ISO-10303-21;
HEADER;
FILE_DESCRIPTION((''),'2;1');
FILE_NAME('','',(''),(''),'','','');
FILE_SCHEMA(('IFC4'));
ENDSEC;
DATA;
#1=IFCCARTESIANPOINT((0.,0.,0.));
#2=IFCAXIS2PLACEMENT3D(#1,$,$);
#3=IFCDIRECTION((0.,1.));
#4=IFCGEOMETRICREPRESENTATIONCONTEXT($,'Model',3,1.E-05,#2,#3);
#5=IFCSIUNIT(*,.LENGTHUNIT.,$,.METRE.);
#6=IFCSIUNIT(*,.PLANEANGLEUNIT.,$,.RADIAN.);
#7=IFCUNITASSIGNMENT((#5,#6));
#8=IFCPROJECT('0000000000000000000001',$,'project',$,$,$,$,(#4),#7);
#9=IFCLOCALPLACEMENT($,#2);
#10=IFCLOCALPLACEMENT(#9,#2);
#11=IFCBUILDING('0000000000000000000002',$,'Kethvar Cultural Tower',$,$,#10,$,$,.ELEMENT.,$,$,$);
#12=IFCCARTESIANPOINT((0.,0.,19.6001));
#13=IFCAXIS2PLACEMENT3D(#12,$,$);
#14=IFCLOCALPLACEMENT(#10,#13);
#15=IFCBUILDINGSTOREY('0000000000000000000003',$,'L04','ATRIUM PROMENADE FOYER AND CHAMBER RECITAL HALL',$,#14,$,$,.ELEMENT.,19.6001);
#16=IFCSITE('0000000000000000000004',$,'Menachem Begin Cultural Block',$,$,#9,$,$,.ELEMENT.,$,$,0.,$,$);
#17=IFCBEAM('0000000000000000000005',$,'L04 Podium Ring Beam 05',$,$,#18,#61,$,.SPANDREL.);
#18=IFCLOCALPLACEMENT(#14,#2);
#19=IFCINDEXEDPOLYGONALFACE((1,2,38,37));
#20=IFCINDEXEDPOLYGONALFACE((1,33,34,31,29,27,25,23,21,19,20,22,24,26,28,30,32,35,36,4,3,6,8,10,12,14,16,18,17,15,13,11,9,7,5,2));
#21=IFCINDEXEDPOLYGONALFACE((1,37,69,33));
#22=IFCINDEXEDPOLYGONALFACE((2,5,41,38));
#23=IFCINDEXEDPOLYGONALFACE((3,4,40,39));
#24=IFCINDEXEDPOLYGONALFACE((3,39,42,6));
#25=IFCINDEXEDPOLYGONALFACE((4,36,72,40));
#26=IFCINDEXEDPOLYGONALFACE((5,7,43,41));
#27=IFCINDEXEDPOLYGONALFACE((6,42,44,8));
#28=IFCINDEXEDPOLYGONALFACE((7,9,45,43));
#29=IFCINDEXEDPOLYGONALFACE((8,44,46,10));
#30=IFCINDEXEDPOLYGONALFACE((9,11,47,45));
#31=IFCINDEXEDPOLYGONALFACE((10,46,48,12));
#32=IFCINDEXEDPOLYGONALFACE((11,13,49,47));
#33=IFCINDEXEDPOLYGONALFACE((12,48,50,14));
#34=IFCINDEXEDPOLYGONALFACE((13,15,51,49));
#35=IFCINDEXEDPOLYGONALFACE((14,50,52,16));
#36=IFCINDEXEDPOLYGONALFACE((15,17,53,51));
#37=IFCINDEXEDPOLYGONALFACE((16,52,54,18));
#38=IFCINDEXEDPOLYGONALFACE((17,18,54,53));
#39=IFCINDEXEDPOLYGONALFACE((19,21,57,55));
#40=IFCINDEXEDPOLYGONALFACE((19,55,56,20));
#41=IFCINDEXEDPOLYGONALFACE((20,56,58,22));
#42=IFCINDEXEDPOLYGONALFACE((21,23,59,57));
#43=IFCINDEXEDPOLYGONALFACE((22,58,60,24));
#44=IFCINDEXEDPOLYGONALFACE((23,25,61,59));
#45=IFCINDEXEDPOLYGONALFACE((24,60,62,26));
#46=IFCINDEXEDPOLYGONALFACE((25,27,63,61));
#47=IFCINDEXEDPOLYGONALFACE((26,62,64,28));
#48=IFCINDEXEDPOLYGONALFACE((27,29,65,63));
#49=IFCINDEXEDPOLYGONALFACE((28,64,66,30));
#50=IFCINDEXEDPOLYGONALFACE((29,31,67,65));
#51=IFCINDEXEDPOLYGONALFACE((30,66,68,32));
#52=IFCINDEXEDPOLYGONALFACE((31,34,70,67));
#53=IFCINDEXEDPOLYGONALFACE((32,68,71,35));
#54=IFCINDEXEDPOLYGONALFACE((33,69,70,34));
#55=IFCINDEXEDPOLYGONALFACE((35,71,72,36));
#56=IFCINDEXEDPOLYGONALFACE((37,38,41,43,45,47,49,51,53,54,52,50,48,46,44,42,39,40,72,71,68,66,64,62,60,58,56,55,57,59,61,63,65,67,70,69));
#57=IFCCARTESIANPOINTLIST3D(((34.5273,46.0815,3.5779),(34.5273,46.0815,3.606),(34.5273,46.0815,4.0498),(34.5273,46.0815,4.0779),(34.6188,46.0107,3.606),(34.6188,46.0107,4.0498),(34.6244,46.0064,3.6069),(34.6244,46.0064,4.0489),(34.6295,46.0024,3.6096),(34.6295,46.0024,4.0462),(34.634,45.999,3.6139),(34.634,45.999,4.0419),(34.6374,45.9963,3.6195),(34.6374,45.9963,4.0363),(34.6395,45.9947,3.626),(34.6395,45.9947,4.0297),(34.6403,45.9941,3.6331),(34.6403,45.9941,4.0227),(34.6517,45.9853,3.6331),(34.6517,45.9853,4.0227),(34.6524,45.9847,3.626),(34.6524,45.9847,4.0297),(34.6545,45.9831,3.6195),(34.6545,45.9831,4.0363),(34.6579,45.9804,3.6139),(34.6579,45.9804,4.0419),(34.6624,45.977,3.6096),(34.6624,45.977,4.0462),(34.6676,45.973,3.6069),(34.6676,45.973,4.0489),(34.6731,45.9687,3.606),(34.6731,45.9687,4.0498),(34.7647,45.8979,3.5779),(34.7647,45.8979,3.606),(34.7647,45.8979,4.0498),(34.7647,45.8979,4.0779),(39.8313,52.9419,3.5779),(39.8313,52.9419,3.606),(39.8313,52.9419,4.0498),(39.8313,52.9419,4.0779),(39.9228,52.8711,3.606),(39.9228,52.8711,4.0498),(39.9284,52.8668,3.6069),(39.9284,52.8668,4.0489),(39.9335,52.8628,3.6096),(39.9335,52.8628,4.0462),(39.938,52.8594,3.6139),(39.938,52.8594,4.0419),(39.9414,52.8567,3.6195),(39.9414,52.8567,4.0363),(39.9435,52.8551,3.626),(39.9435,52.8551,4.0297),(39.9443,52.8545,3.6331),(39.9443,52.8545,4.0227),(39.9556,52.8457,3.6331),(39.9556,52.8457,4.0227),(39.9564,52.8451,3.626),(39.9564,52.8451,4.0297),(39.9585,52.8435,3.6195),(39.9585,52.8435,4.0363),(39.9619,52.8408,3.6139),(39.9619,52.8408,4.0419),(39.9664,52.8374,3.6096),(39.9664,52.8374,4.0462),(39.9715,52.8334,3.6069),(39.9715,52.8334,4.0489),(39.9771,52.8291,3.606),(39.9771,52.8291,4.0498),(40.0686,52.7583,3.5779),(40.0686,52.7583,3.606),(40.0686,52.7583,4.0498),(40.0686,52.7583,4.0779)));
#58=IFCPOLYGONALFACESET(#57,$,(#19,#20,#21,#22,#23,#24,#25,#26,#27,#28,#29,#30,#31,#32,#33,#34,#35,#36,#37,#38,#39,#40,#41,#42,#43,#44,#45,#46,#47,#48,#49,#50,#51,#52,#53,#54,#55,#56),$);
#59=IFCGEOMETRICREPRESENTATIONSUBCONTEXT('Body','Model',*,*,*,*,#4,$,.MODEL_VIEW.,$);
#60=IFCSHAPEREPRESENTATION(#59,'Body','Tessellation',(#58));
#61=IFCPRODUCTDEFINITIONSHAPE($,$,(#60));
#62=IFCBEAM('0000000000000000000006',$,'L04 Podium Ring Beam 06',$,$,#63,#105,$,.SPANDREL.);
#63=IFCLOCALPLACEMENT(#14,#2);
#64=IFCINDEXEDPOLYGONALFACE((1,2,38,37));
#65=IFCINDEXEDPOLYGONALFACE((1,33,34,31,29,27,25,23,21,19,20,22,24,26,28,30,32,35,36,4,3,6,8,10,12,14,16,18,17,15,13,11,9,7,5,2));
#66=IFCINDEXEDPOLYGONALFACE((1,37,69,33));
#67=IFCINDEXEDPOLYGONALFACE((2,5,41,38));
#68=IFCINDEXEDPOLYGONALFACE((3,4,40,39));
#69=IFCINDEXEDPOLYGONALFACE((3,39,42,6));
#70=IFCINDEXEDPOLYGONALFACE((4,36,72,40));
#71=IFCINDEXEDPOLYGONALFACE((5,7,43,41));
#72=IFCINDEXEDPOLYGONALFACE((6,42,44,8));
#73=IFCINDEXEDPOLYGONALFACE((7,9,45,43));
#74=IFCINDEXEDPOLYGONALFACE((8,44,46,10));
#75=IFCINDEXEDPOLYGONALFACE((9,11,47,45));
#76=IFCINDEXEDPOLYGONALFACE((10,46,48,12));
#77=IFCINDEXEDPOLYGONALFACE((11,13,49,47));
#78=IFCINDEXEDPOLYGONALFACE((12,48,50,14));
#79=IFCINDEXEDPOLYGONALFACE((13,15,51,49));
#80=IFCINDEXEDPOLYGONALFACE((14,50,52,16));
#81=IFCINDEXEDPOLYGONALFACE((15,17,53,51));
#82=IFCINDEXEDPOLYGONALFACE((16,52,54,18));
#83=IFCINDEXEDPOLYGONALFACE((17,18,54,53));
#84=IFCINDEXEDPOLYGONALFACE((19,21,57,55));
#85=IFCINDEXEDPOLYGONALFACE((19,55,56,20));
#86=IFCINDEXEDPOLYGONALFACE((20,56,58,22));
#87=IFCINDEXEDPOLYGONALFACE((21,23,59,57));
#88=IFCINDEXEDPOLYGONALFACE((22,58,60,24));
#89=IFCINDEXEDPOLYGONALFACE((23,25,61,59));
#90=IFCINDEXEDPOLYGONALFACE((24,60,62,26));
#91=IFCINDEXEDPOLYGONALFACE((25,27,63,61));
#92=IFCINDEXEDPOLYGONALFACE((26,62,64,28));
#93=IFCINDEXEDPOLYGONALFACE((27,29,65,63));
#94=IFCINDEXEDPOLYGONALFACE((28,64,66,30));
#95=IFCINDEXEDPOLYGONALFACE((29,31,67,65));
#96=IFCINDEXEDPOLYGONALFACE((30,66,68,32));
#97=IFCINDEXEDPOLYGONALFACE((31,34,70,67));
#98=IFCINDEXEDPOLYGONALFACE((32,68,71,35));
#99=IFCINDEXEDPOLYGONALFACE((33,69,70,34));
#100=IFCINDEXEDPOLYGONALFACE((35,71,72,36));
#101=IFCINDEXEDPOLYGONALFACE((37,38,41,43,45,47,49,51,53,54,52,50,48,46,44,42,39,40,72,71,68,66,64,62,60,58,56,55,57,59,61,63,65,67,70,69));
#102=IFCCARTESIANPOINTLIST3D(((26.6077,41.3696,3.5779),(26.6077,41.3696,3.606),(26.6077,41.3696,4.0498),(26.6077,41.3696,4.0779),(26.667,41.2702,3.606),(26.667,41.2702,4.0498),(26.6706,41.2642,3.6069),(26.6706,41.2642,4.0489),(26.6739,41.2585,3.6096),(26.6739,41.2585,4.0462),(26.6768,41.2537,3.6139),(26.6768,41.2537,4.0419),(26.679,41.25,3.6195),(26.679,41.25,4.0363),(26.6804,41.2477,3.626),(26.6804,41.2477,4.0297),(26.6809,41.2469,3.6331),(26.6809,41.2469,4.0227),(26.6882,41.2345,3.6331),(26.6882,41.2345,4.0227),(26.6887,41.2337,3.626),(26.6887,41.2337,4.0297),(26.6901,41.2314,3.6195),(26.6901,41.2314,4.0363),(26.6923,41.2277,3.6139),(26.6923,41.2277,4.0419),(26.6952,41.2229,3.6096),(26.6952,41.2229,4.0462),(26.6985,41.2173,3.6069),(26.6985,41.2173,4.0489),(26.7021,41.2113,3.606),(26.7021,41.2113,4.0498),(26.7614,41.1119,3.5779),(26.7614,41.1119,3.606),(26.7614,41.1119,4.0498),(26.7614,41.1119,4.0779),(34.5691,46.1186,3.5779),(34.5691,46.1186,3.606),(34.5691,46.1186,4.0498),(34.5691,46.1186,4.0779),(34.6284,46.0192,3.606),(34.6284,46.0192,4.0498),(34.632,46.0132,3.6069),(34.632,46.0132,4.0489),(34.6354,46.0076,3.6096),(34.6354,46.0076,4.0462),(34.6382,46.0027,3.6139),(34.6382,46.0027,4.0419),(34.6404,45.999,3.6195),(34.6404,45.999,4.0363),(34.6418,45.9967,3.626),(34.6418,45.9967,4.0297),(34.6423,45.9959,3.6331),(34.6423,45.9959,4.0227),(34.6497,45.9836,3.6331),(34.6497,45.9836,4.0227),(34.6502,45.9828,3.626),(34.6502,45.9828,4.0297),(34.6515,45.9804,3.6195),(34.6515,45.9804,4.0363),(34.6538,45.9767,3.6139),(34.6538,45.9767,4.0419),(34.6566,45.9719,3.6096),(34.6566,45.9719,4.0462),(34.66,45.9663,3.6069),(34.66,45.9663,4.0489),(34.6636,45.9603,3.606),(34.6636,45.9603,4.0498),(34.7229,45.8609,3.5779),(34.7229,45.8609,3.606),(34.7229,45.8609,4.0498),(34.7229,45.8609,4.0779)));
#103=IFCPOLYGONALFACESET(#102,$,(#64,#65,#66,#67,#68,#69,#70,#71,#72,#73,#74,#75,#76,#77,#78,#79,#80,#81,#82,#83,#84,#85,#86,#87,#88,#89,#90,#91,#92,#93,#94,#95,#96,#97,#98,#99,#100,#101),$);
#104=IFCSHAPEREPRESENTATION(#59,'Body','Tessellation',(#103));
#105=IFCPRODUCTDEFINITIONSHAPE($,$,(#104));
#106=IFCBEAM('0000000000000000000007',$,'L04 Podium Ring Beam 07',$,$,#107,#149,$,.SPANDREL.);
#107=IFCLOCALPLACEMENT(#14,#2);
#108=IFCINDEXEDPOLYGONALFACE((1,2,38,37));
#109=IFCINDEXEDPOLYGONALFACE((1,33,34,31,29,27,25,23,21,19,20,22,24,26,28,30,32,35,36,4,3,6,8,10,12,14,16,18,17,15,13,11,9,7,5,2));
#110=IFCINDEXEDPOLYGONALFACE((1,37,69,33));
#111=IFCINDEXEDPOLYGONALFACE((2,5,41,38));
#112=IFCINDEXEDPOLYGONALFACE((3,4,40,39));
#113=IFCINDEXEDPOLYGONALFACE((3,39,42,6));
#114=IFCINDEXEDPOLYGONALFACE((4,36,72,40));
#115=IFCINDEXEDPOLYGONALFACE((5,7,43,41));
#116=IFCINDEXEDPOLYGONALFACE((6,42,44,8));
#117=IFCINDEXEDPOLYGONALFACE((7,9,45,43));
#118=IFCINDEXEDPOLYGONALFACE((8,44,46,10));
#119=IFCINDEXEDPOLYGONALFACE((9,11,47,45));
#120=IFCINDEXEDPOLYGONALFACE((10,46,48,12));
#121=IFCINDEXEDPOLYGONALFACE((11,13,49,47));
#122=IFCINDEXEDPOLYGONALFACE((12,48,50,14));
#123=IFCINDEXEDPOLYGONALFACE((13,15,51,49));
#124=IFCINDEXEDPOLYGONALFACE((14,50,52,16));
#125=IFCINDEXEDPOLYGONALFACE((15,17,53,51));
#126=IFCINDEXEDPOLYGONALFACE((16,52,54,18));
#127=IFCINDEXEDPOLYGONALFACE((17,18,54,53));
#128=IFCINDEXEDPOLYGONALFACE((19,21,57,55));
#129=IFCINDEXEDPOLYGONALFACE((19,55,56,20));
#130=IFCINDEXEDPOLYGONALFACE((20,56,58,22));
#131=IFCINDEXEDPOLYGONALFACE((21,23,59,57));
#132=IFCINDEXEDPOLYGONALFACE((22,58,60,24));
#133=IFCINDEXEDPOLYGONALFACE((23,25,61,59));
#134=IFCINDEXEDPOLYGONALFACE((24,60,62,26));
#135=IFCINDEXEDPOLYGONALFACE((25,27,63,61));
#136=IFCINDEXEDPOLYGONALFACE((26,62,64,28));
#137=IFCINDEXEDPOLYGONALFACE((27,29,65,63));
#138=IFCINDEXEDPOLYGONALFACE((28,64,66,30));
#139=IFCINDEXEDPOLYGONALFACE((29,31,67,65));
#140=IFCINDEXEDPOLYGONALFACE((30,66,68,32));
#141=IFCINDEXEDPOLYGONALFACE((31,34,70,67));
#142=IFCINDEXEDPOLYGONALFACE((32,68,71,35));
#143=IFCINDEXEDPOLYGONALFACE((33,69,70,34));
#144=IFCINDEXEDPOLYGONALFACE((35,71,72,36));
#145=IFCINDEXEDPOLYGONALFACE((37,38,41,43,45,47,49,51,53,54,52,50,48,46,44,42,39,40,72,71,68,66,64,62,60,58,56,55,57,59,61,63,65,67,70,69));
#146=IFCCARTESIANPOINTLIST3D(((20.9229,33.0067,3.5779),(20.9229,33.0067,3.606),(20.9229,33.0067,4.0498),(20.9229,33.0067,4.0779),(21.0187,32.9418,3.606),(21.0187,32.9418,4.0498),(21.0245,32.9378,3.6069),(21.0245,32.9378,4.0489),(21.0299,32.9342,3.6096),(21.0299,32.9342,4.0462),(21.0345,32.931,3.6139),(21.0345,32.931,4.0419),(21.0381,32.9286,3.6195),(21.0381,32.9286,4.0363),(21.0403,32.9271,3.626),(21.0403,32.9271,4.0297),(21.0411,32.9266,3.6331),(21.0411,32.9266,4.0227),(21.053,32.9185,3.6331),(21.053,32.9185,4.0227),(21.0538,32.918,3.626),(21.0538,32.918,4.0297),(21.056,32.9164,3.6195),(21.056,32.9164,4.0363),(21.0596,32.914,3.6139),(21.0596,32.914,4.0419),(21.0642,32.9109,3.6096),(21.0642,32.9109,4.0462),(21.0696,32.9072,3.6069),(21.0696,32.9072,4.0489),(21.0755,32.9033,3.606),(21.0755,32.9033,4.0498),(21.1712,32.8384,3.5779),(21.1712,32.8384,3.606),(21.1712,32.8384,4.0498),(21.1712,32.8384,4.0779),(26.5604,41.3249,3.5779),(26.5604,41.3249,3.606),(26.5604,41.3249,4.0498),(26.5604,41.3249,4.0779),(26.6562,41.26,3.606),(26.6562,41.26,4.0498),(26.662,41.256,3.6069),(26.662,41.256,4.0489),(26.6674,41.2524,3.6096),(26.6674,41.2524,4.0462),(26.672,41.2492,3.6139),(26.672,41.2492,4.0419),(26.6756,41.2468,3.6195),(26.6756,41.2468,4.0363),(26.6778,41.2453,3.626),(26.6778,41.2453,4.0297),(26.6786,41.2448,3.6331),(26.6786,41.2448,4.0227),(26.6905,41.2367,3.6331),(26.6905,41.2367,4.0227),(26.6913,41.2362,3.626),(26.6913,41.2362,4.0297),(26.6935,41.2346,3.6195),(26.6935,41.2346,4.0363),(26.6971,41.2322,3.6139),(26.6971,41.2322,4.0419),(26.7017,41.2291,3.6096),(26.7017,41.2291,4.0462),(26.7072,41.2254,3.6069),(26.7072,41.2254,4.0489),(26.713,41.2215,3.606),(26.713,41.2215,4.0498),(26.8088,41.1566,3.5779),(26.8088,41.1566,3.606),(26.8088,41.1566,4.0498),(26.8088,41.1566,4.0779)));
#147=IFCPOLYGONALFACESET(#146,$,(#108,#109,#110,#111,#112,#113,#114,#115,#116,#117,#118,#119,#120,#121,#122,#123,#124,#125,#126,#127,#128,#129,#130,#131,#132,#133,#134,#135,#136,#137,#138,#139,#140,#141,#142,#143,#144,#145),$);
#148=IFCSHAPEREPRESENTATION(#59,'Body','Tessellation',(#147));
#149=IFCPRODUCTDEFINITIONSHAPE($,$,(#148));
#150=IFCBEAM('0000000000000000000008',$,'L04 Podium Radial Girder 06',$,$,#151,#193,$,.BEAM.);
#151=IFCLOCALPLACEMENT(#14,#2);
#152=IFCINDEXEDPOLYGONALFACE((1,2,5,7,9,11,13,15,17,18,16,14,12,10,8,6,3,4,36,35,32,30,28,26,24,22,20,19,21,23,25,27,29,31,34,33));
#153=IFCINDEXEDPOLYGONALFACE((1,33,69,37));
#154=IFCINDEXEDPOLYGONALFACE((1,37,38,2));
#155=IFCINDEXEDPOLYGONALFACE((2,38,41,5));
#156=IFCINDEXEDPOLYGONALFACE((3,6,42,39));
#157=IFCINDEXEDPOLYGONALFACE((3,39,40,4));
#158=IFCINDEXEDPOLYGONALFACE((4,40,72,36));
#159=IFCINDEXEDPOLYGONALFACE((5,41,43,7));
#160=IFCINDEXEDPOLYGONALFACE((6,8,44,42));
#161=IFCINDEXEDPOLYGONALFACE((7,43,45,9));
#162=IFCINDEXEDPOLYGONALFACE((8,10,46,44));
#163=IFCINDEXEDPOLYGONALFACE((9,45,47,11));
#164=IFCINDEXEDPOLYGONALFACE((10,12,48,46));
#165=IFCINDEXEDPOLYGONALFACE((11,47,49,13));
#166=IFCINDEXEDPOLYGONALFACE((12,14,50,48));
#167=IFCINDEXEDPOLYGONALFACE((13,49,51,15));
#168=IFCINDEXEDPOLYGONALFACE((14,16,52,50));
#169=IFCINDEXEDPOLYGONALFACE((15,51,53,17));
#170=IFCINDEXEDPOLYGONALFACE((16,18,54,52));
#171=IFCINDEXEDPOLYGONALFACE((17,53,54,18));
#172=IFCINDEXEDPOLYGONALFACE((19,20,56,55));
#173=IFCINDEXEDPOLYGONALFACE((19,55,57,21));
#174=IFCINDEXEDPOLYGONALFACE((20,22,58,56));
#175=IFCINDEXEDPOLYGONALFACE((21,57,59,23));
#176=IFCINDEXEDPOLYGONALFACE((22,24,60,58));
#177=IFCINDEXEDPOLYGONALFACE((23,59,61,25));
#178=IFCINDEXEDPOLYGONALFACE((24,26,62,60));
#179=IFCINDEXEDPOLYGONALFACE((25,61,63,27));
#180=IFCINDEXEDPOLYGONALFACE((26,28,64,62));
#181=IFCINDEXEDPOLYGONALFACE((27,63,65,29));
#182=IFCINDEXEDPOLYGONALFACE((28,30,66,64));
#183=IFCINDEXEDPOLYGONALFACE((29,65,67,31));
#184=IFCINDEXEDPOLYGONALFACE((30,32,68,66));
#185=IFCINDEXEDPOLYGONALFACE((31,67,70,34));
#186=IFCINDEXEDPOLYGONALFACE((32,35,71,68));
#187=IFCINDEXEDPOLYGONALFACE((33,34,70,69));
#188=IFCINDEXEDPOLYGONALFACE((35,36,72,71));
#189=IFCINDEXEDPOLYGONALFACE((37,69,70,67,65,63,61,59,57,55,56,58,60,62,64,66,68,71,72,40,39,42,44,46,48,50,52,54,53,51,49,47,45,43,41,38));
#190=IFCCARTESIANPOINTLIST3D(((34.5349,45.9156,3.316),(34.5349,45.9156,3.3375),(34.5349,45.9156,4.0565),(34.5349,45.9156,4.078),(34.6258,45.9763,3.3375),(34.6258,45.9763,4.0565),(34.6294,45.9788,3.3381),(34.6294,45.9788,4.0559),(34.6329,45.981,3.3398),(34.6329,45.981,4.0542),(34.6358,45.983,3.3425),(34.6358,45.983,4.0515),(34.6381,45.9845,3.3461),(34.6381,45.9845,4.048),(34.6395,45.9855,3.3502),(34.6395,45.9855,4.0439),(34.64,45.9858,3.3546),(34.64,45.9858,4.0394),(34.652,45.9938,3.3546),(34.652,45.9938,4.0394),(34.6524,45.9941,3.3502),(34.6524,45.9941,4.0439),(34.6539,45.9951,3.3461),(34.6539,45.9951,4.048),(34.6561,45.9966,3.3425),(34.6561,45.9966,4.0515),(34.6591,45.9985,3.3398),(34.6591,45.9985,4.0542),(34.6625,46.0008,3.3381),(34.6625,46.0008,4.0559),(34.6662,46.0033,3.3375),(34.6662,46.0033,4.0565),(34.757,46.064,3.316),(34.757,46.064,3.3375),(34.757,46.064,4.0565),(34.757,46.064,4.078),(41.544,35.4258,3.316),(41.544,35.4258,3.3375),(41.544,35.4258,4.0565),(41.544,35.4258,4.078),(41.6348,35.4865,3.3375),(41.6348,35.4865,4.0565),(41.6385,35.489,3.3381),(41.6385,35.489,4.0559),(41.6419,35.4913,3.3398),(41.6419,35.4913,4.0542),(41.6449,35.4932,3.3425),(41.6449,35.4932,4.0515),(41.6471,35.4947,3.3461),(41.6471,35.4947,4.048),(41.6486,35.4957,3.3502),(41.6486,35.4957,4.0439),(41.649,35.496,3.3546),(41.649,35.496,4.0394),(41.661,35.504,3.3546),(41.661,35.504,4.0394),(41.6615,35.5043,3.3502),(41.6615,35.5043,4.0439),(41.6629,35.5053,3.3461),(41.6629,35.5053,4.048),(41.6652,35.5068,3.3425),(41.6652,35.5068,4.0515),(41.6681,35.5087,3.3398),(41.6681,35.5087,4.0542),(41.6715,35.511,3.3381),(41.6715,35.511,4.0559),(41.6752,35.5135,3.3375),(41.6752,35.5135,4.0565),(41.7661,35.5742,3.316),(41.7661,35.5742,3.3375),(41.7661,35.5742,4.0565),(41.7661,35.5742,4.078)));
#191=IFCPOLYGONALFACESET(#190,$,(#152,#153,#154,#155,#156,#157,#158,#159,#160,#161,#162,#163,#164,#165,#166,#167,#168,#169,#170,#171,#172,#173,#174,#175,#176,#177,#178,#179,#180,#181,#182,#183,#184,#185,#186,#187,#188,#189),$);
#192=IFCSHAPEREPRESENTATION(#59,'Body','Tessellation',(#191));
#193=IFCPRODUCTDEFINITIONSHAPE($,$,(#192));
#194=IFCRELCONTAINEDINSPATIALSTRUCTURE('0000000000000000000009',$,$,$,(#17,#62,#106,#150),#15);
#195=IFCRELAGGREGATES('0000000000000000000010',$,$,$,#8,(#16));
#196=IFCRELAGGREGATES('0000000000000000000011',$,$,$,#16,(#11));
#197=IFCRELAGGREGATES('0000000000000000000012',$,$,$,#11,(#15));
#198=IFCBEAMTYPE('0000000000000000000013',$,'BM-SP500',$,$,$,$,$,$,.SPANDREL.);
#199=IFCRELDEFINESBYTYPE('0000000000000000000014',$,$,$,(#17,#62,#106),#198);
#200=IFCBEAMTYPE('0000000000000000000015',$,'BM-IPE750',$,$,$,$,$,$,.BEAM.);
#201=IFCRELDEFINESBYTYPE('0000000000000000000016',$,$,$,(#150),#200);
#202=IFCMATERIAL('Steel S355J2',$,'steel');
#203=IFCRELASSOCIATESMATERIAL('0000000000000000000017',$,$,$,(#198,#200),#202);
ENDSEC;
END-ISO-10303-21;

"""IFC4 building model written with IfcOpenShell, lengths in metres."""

from ifc_helpers import new_model, si_unit, direction, frame, origin, origin_2d, place, context, subcontext, project, spatial, i_section, extrude, source, transform, mapped, material, material_profile, profile_set, type_object, element, save


model = new_model("IFC4")

# Units and contexts
model_context = context("Model", 3, precision=1e-05, world=origin(), true_north=direction((0.0, 1.0)))
body_context = subcontext(model_context, "Body", "Model", "MODEL_VIEW")
ifc_project = project(units=[si_unit("LENGTHUNIT", "METRE"), si_unit("PLANEANGLEUNIT", "RADIAN")], contexts=[model_context])

# Site, building, storey
site_placement = place(None, origin())
site = spatial("IfcSite", under=ifc_project, at=site_placement, Name="Menachem Begin Cultural Block", CompositionType="ELEMENT", RefElevation=0.0)
building_placement = place(site_placement, origin())
building = spatial("IfcBuilding", under=site, at=building_placement, Name="Kethvar Cultural Tower", CompositionType="ELEMENT")
storey_placement = place(building_placement, frame((0.0, 0.0, 19.6001)))
storey = spatial("IfcBuildingStorey", under=building, at=storey_placement, Name="L04", Description="ATRIUM PROMENADE FOYER AND CHAMBER RECITAL HALL", CompositionType="ELEMENT", Elevation=19.6001)

# Beams
ifc_material_1 = material(Name="Steel S355J2", Category="steel")
ifc_material_profile_1 = material_profile(ifc_material_1, i_section(OverallWidth=0.3, OverallDepth=0.5, WebThickness=0.0144, FlangeThickness=0.0281, FilletRadius=0.0271, at=origin_2d()), Name="Steel S355J2 — HEB500")
ifc_profile_set_1 = profile_set([ifc_material_profile_1], Name="Steel S355J2 — HEB500")
beam_type_1 = type_object("IfcBeamType", Name="BM-SP500", PredefinedType="SPANDREL", material=ifc_profile_set_1)
shared_shape_1 = source(origin(), body_context, "Body", "SweptSolid", [
    extrude(i_section(OverallWidth=0.3, OverallDepth=0.5, WebThickness=0.0144, FlangeThickness=0.0281, FilletRadius=0.0271, at=origin_2d()), origin(), (0.0, 0.0, 1.0), 8.6716),
])
beam_1_placement = place(storey_placement, frame((39.95, 52.8501, 3.8279), z_axis=(-0.611648, -0.79113, 0.0), x_axis=(0.79113, -0.611648, 0.0)))
element("IfcBeam", 1, at=beam_1_placement, inside=storey, type_object=beam_type_1, Name="L04 Podium Ring Beam 05", PredefinedType="SPANDREL", context=body_context, shape_type="MappedRepresentation", body=[
    mapped(shared_shape_1, transform((0.0, 0.0, 0.0), scale=1.0)),
])
shared_shape_2 = source(origin(), body_context, "Body", "SweptSolid", [
    extrude(i_section(OverallWidth=0.3, OverallDepth=0.5, WebThickness=0.0144, FlangeThickness=0.0281, FilletRadius=0.0271, at=origin_2d()), origin(), (0.0, 0.0, 1.0), 9.2703),
])
beam_2_placement = place(storey_placement, frame((34.646, 45.9897, 3.8279), z_axis=(-0.858815, -0.512286, 0.0), x_axis=(0.512286, -0.858815, 0.0)))
element("IfcBeam", 2, at=beam_2_placement, inside=storey, type_object=beam_type_1, Name="L04 Podium Ring Beam 06", PredefinedType="SPANDREL", context=body_context, shape_type="MappedRepresentation", body=[
    mapped(shared_shape_2, transform((0.0, 0.0, 0.0), scale=1.0)),
])
shared_shape_3 = source(origin(), body_context, "Body", "SweptSolid", [
    extrude(i_section(OverallWidth=0.3, OverallDepth=0.5, WebThickness=0.0144, FlangeThickness=0.0281, FilletRadius=0.0271, at=origin_2d()), origin(), (0.0, 0.0, 1.0), 10.0486),
])
beam_3_placement = place(storey_placement, frame((26.6846, 41.2407, 3.8279), z_axis=(-0.561025, -0.827799, 0.0), x_axis=(0.827799, -0.561025, 0.0)))
element("IfcBeam", 3, at=beam_3_placement, inside=storey, type_object=beam_type_1, Name="L04 Podium Ring Beam 07", PredefinedType="SPANDREL", context=body_context, shape_type="MappedRepresentation", body=[
    mapped(shared_shape_3, transform((0.0, 0.0, 0.0), scale=1.0)),
])
ifc_material_profile_2 = material_profile(ifc_material_1, i_section(OverallWidth=0.2671, OverallDepth=0.762, WebThickness=0.0144, FlangeThickness=0.0215, FilletRadius=0.0171, at=origin_2d()), Name="Steel S355J2 — IPE750x173")
ifc_profile_set_2 = profile_set([ifc_material_profile_2], Name="Steel S355J2 — IPE750x173")
beam_type_2 = type_object("IfcBeamType", Name="BM-IPE750", PredefinedType="BEAM", material=ifc_profile_set_2)
shared_shape_4 = source(origin(), body_context, "Body", "SweptSolid", [
    extrude(i_section(OverallWidth=0.2671, OverallDepth=0.762, WebThickness=0.0144, FlangeThickness=0.0215, FilletRadius=0.0171, at=origin_2d()), origin(), (0.0, 0.0, 1.0), 12.616),
])
beam_4_placement = place(storey_placement, frame((41.655, 35.5, 3.697), z_axis=(-0.555571, 0.831469, 0.0), x_axis=(-0.831469, -0.555571, 0.0)))
element("IfcBeam", 4, at=beam_4_placement, inside=storey, type_object=beam_type_2, Name="L04 Podium Radial Girder 06", PredefinedType="BEAM", context=body_context, shape_type="MappedRepresentation", body=[
    mapped(shared_shape_4, transform((0.0, 0.0, 0.0), scale=1.0)),
])

save(model, "model.ifc")
